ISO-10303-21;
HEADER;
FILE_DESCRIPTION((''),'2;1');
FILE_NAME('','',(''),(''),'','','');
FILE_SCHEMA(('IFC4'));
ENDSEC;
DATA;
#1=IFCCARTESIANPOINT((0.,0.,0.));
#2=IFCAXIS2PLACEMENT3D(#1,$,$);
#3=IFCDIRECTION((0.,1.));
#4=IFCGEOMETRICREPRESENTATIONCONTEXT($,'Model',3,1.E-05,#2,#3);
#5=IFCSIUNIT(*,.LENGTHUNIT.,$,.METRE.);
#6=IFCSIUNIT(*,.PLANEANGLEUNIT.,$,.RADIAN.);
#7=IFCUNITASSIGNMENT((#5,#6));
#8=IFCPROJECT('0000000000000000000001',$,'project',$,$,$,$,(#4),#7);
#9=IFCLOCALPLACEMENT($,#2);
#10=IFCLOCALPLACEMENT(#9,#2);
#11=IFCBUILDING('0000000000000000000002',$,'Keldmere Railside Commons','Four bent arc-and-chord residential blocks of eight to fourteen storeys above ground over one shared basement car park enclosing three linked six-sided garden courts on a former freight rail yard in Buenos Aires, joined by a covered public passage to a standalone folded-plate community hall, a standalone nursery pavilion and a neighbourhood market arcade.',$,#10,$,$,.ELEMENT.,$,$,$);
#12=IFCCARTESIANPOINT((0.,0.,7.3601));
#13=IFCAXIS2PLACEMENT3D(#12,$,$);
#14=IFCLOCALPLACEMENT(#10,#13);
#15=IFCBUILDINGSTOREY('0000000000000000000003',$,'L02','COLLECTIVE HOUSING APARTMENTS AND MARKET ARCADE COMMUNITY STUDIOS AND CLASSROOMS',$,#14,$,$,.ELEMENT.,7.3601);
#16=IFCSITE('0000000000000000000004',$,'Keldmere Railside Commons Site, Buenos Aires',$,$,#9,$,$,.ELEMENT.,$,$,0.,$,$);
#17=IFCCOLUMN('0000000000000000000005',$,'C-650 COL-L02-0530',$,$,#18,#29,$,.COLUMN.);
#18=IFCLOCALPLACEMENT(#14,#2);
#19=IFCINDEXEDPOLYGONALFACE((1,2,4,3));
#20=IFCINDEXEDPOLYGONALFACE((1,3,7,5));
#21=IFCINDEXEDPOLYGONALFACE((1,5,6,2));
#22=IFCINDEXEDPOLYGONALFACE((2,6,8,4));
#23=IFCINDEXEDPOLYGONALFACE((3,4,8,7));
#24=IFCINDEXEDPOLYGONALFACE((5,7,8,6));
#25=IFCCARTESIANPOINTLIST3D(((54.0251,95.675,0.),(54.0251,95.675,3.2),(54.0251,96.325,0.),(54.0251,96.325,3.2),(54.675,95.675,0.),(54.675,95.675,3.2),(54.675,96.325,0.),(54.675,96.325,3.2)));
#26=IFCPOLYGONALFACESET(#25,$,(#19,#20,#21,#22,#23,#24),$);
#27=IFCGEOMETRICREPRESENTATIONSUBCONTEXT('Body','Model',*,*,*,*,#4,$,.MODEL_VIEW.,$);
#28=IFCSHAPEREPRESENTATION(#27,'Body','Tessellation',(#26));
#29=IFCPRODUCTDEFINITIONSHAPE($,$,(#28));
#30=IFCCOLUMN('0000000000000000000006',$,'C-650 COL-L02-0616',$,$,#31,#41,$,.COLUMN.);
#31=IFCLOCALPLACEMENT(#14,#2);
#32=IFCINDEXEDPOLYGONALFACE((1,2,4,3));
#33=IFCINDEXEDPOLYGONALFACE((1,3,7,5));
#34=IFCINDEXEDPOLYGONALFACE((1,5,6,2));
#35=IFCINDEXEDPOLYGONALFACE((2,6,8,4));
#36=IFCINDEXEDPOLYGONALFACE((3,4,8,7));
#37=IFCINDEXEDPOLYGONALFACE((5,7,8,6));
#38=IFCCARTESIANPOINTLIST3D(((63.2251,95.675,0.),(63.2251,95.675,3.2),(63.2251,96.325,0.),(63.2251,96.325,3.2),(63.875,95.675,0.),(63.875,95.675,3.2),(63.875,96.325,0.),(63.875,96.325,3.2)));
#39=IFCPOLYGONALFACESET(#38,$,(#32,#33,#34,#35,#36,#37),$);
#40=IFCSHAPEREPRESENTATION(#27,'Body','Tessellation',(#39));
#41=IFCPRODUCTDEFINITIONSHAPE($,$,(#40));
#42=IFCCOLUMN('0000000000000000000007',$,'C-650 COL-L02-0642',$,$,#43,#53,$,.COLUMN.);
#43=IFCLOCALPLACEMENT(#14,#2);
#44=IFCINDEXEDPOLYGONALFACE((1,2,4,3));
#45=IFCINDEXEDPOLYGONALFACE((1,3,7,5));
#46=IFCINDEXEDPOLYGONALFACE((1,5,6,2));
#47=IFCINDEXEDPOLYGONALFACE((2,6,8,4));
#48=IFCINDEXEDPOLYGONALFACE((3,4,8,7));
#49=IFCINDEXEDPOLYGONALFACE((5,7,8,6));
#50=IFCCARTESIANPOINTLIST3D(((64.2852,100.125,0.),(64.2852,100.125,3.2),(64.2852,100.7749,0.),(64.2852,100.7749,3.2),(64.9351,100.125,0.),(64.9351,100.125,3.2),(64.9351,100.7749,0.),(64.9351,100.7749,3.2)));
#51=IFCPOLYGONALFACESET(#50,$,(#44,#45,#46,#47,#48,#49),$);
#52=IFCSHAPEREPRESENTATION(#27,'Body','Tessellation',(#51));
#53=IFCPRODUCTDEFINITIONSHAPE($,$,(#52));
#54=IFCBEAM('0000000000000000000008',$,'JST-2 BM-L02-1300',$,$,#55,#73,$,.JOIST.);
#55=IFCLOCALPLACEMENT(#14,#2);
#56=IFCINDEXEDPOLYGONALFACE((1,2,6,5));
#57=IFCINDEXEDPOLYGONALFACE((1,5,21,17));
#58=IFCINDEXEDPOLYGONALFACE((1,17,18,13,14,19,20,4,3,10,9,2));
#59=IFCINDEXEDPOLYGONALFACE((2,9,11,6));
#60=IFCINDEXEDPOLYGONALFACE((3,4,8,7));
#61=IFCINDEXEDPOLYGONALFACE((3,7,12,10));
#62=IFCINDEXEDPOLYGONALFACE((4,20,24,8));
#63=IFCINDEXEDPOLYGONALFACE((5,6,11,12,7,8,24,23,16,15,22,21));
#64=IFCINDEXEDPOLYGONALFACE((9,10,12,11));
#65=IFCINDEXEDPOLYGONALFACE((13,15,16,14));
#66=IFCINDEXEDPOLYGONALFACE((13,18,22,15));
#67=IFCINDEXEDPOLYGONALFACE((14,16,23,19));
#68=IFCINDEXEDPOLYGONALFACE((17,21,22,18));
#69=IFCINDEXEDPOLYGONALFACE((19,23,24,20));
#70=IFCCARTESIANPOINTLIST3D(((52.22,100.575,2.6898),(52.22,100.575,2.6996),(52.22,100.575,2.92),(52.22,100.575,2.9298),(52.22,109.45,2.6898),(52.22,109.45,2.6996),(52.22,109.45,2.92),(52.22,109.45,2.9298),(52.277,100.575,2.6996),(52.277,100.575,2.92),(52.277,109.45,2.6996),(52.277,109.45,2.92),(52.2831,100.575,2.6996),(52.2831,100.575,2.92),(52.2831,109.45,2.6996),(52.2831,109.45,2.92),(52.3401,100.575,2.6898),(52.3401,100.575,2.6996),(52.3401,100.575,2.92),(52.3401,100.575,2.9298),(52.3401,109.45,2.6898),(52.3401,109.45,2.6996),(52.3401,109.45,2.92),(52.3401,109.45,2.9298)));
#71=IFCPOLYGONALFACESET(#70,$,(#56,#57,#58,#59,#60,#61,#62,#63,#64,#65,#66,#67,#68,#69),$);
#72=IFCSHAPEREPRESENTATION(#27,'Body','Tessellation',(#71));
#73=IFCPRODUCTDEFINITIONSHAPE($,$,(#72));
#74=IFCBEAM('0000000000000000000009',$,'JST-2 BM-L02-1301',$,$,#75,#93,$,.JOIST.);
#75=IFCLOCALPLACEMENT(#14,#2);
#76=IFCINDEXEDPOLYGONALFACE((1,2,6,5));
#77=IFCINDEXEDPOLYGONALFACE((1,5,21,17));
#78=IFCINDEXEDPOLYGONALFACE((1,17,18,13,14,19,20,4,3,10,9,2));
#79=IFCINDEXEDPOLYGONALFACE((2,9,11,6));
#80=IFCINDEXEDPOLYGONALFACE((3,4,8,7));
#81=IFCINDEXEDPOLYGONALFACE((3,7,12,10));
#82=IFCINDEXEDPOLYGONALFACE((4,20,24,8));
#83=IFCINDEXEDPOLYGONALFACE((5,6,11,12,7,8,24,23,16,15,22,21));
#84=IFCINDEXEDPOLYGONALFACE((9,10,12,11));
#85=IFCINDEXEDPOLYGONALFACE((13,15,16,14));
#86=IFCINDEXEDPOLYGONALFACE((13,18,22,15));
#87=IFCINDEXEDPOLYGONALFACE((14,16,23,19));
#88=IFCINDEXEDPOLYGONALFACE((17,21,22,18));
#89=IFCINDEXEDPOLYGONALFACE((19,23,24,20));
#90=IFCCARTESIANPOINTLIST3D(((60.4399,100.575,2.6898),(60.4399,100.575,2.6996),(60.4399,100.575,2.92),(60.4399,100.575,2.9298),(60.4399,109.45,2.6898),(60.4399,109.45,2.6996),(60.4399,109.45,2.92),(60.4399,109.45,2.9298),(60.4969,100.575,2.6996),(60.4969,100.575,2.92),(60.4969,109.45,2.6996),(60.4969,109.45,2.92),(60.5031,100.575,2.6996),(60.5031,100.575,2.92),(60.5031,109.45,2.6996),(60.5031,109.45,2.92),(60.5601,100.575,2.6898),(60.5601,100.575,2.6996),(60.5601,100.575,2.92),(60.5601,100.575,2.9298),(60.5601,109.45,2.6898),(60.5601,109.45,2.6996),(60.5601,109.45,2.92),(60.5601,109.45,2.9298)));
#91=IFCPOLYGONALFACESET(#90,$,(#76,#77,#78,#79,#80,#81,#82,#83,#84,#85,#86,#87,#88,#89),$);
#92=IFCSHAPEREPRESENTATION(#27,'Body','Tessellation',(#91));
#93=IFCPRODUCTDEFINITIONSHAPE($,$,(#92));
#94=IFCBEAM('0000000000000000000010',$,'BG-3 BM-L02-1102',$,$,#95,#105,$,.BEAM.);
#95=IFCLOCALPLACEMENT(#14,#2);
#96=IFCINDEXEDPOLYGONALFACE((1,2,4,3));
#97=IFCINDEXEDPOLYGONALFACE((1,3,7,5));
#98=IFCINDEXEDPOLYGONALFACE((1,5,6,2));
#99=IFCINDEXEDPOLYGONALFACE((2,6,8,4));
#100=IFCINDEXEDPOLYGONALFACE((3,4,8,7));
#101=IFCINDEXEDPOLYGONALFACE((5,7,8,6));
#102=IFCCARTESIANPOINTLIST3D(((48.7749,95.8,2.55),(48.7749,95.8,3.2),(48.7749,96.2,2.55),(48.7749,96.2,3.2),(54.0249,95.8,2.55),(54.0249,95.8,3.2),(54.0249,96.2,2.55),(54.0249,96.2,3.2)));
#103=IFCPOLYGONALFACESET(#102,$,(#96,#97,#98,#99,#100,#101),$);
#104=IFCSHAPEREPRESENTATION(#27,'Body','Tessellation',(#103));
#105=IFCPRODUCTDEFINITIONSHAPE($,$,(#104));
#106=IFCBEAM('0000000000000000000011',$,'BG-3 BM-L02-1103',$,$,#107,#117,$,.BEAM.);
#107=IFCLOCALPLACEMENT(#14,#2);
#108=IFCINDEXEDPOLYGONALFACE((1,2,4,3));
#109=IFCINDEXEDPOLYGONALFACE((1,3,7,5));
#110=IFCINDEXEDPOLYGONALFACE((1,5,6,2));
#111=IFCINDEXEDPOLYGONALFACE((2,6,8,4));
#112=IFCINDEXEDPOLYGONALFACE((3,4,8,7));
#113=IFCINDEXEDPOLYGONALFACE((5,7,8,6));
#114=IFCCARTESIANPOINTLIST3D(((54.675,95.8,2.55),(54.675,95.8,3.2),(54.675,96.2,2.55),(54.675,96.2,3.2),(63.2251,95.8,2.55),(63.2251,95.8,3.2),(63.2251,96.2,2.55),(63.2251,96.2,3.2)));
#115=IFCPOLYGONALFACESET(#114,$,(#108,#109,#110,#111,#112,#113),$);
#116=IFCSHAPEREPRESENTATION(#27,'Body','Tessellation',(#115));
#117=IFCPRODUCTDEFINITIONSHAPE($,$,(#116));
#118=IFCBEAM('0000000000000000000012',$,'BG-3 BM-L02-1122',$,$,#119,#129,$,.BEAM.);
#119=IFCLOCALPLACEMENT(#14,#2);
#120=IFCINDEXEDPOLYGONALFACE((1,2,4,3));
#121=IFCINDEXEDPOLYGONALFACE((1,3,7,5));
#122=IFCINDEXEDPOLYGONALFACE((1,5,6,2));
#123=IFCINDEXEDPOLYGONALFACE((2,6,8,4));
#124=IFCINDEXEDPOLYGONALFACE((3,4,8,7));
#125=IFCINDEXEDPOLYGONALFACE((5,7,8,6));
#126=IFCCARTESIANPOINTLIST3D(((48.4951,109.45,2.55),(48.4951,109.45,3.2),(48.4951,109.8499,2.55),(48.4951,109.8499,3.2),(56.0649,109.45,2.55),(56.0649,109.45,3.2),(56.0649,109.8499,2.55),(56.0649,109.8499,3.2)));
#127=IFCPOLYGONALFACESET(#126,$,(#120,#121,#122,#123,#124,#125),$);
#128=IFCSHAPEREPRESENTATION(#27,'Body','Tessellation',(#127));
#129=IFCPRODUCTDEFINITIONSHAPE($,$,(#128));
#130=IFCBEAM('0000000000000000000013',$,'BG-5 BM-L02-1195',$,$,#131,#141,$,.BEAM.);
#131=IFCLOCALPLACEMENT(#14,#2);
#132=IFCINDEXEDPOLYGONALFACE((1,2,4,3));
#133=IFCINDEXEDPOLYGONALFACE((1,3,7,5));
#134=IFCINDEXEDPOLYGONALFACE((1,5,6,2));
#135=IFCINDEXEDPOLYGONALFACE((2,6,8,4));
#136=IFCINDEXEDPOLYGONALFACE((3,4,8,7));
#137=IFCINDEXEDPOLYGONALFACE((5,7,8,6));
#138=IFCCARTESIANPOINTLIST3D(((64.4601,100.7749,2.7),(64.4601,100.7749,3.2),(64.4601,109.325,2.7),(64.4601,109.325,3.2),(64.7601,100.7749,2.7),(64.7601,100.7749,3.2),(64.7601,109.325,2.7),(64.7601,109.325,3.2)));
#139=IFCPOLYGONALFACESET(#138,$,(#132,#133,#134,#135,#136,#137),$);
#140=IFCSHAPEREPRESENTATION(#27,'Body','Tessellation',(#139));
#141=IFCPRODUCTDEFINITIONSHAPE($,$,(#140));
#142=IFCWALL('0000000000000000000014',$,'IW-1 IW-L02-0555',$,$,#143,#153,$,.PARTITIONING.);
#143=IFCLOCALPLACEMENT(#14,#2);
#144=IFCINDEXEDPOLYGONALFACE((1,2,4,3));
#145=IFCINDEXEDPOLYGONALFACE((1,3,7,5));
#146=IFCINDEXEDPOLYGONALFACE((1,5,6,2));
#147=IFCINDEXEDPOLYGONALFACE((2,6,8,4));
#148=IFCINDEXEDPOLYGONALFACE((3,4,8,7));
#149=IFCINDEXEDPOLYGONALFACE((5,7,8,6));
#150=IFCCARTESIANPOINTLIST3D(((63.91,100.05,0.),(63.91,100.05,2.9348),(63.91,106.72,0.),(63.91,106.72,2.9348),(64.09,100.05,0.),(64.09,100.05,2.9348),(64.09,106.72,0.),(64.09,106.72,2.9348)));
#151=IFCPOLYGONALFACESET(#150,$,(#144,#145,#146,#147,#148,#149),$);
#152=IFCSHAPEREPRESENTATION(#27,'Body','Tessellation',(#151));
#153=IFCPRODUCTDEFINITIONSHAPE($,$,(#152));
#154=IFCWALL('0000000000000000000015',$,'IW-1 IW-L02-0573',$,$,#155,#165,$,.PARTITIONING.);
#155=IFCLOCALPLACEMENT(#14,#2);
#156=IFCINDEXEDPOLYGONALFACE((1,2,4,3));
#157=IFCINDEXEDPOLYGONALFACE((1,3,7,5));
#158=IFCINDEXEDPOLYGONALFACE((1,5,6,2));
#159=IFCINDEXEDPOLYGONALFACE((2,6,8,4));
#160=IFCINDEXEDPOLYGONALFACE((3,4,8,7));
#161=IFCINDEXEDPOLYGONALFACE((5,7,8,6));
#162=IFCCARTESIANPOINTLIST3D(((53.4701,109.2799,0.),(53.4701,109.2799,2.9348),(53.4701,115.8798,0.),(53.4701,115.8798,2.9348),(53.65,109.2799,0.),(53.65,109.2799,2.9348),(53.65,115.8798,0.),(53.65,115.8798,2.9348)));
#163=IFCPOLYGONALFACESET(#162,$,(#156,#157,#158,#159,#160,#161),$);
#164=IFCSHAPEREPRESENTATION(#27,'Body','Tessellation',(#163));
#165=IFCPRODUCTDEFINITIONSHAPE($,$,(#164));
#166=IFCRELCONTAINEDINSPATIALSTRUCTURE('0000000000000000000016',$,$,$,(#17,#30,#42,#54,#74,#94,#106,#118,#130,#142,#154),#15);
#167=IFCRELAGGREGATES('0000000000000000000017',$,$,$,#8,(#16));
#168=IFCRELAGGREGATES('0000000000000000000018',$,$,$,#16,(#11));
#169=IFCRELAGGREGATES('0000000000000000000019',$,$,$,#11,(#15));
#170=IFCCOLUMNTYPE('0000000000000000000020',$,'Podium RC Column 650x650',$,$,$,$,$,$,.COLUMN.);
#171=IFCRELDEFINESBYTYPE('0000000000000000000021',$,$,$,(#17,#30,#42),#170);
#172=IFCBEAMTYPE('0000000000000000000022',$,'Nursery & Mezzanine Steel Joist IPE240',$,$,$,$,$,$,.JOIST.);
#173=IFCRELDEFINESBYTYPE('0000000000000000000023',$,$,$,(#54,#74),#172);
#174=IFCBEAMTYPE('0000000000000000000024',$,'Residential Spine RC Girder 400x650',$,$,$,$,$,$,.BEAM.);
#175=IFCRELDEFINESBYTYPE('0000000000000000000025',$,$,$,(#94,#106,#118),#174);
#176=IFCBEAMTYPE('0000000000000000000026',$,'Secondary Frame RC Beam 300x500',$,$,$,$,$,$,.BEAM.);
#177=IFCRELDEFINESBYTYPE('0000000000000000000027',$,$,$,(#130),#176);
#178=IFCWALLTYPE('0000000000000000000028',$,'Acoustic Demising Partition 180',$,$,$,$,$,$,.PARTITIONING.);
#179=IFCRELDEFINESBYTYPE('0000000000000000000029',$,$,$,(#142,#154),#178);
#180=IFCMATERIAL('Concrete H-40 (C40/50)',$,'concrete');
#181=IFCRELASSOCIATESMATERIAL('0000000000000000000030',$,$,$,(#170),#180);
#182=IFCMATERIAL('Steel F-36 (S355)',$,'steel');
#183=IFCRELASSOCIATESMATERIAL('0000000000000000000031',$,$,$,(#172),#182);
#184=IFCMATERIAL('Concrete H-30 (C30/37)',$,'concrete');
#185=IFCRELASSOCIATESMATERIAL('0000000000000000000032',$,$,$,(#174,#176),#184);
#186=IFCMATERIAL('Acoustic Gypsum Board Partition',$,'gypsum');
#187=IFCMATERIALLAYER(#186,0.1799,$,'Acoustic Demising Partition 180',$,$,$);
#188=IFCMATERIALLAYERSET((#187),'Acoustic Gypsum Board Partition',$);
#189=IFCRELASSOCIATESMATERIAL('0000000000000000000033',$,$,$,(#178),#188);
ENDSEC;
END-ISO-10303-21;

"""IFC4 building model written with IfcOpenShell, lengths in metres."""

from ifc_helpers import new_model, si_unit, direction, frame, frame_2d, origin, origin_2d, place, context, subcontext, project, spatial, rectangle, i_section, extrude, material, layer, layer_set, material_profile, profile_set, type_object, element, save


model = new_model("IFC4")

# Units and contexts
model_context = context("Model", 3, precision=1e-05, world=origin(), true_north=direction((0.0, 1.0)))
body_context = subcontext(model_context, "Body", "Model", "MODEL_VIEW")
ifc_project = project(units=[si_unit("LENGTHUNIT", "METRE"), si_unit("PLANEANGLEUNIT", "RADIAN")], contexts=[model_context])

# Site, building, storey
site_placement = place(None, origin())
site = spatial("IfcSite", under=ifc_project, at=site_placement, Name="Keldmere Railside Commons Site, Buenos Aires", CompositionType="ELEMENT", RefElevation=0.0)
building_placement = place(site_placement, origin())
building = spatial("IfcBuilding", under=site, at=building_placement, Name="Keldmere Railside Commons", Description="Four bent arc-and-chord residential blocks of eight to fourteen storeys above ground over one shared basement car park enclosing three linked six-sided garden courts on a former freight rail yard in Buenos Aires, joined by a covered public passage to a standalone folded-plate community hall, a standalone nursery pavilion and a neighbourhood market arcade.", CompositionType="ELEMENT")
storey_placement = place(building_placement, frame((0.0, 0.0, 7.3601)))
storey = spatial("IfcBuildingStorey", under=building, at=storey_placement, Name="L02", Description="COLLECTIVE HOUSING APARTMENTS AND MARKET ARCADE COMMUNITY STUDIOS AND CLASSROOMS", CompositionType="ELEMENT", Elevation=7.3601)

# Columns
ifc_material_1 = material(Name="Concrete H-40 (C40/50)", Category="concrete")
ifc_material_profile_1 = material_profile(ifc_material_1, rectangle(XDim=0.6499, YDim=0.6499, at=origin_2d()), Name="RC-650x650")
ifc_profile_set_1 = profile_set([ifc_material_profile_1], Name="Concrete H-40 (C40/50)")
column_type = type_object("IfcColumnType", Name="Podium RC Column 650x650", PredefinedType="COLUMN", material=ifc_profile_set_1)
for number, where, z_axis, x_axis, name in (
    (1, (54.3501, 96.0, 0.0), (0.0, 0.0, 1.0), (1.0, 0.0, 0.0), "C-650 COL-L02-0530"),
    (2, (63.55, 96.0, 0.0), (0.0, 0.0, 1.0), (1.0, 0.0, 0.0), "C-650 COL-L02-0616"),
    (3, (64.6101, 100.45, 0.0), (0.0, 0.0, 1.0), (1.0, 0.0, 0.0), "C-650 COL-L02-0642"),
):
    element("IfcColumn", number, at=place(storey_placement, frame(where, z_axis=z_axis, x_axis=x_axis)), inside=storey, type_object=column_type, Name=name, PredefinedType="COLUMN", context=body_context, shape_type="SweptSolid", body=[
        extrude(rectangle(XDim=0.6499, YDim=0.6499, at=origin_2d()), origin(), (0.0, 0.0, 1.0), 3.2),
    ])

# Beams
ifc_material_2 = material(Name="Steel F-36 (S355)", Category="steel")
ifc_material_profile_2 = material_profile(ifc_material_2, i_section(OverallWidth=0.1201, OverallDepth=0.24, WebThickness=0.0061, FlangeThickness=0.0098, at=origin_2d()), Name="IPE-240")
ifc_profile_set_2 = profile_set([ifc_material_profile_2], Name="Steel F-36 (S355)")
beam_type_1 = type_object("IfcBeamType", Name="Nursery & Mezzanine Steel Joist IPE240", PredefinedType="JOIST", material=ifc_profile_set_2)
for number, where, z_axis, x_axis, name in (
    (4, (52.28, 100.575, 2.8098), (0.0, 1.0, 0.0), (-1.0, 0.0, 0.0), "JST-2 BM-L02-1300"),
    (5, (60.5, 100.575, 2.8098), (0.0, 1.0, 0.0), (-1.0, 0.0, 0.0), "JST-2 BM-L02-1301"),
):
    element("IfcBeam", number, at=place(storey_placement, frame(where, z_axis=z_axis, x_axis=x_axis)), inside=storey, type_object=beam_type_1, Name=name, PredefinedType="JOIST", context=body_context, shape_type="SweptSolid", body=[
        extrude(i_section(OverallWidth=0.1201, OverallDepth=0.24, WebThickness=0.0061, FlangeThickness=0.0098, at=origin_2d()), origin(), (0.0, 0.0, 1.0), 8.875),
    ])
ifc_material_3 = material(Name="Concrete H-30 (C30/37)", Category="concrete")
ifc_material_profile_3 = material_profile(ifc_material_3, rectangle(XDim=0.3999, YDim=0.6499, at=origin_2d()), Name="RC-400x650")
ifc_profile_set_3 = profile_set([ifc_material_profile_3], Name="Concrete H-30 (C30/37)")
beam_type_2 = type_object("IfcBeamType", Name="Residential Spine RC Girder 400x650", PredefinedType="BEAM", material=ifc_profile_set_3)
beam_1_placement = place(storey_placement, frame((48.7749, 96.0, 2.875), z_axis=(1.0, 0.0, 0.0), x_axis=(0.0, 1.0, 0.0)))
element("IfcBeam", 6, at=beam_1_placement, inside=storey, type_object=beam_type_2, Name="BG-3 BM-L02-1102", PredefinedType="BEAM", context=body_context, shape_type="SweptSolid", body=[
    extrude(rectangle(XDim=0.3999, YDim=0.6499, at=origin_2d()), origin(), (0.0, 0.0, 1.0), 5.25),
])
beam_2_placement = place(storey_placement, frame((54.675, 96.0, 2.875), z_axis=(1.0, 0.0, 0.0), x_axis=(0.0, 1.0, 0.0)))
element("IfcBeam", 7, at=beam_2_placement, inside=storey, type_object=beam_type_2, Name="BG-3 BM-L02-1103", PredefinedType="BEAM", context=body_context, shape_type="SweptSolid", body=[
    extrude(rectangle(XDim=0.3999, YDim=0.6499, at=origin_2d()), origin(), (0.0, 0.0, 1.0), 8.55),
])
beam_3_placement = place(storey_placement, frame((48.4951, 109.6499, 2.875), z_axis=(1.0, 0.0, 0.0), x_axis=(0.0, 1.0, 0.0)))
element("IfcBeam", 8, at=beam_3_placement, inside=storey, type_object=beam_type_2, Name="BG-3 BM-L02-1122", PredefinedType="BEAM", context=body_context, shape_type="SweptSolid", body=[
    extrude(rectangle(XDim=0.3999, YDim=0.6499, at=origin_2d()), origin(), (0.0, 0.0, 1.0), 7.5698),
])
ifc_material_profile_4 = material_profile(ifc_material_3, rectangle(XDim=0.3, YDim=0.5, at=origin_2d()), Name="RC-300x500")
ifc_profile_set_4 = profile_set([ifc_material_profile_4], Name="Concrete H-30 (C30/37)")
beam_type_3 = type_object("IfcBeamType", Name="Secondary Frame RC Beam 300x500", PredefinedType="BEAM", material=ifc_profile_set_4)
beam_4_placement = place(storey_placement, frame((64.6101, 100.7749, 2.95), z_axis=(0.0, 1.0, 0.0), x_axis=(-1.0, 0.0, 0.0)))
element("IfcBeam", 9, at=beam_4_placement, inside=storey, type_object=beam_type_3, Name="BG-5 BM-L02-1195", PredefinedType="BEAM", context=body_context, shape_type="SweptSolid", body=[
    extrude(rectangle(XDim=0.3, YDim=0.5, at=origin_2d()), origin(), (0.0, 0.0, 1.0), 8.55),
])

# Walls
ifc_material_4 = material(Name="Acoustic Gypsum Board Partition", Category="gypsum")
ifc_layer_1 = layer(ifc_material_4, 0.1799, Name="Acoustic Demising Partition 180")
ifc_layer_set_1 = layer_set([ifc_layer_1], Name="Acoustic Gypsum Board Partition")
wall_type_1 = type_object("IfcWallType", Name="Acoustic Demising Partition 180", PredefinedType="PARTITIONING", material=ifc_layer_set_1)
wall_1_placement = place(storey_placement, frame((64.0, 100.05, 0.0), z_axis=(0.0, 0.0, 1.0), x_axis=(0.0, 1.0, 0.0)))
element("IfcWall", 10, at=wall_1_placement, inside=storey, type_object=wall_type_1, Name="IW-1 IW-L02-0555", PredefinedType="PARTITIONING", context=body_context, shape_type="SweptSolid", body=[
    extrude(rectangle(XDim=6.6699, YDim=0.1799, at=frame_2d((3.335, 0.0))), origin(), (0.0, 0.0, 1.0), 2.9348),
])
wall_2_placement = place(storey_placement, frame((53.5601, 109.28, 0.0), z_axis=(0.0, 0.0, 1.0), x_axis=(0.0, 1.0, 0.0)))
element("IfcWall", 11, at=wall_2_placement, inside=storey, type_object=wall_type_1, Name="IW-1 IW-L02-0573", PredefinedType="PARTITIONING", context=body_context, shape_type="SweptSolid", body=[
    extrude(rectangle(XDim=6.5999, YDim=0.1799, at=frame_2d((3.2998, 0.0))), origin(), (0.0, 0.0, 1.0), 2.9348),
])

save(model, "model.ifc")
